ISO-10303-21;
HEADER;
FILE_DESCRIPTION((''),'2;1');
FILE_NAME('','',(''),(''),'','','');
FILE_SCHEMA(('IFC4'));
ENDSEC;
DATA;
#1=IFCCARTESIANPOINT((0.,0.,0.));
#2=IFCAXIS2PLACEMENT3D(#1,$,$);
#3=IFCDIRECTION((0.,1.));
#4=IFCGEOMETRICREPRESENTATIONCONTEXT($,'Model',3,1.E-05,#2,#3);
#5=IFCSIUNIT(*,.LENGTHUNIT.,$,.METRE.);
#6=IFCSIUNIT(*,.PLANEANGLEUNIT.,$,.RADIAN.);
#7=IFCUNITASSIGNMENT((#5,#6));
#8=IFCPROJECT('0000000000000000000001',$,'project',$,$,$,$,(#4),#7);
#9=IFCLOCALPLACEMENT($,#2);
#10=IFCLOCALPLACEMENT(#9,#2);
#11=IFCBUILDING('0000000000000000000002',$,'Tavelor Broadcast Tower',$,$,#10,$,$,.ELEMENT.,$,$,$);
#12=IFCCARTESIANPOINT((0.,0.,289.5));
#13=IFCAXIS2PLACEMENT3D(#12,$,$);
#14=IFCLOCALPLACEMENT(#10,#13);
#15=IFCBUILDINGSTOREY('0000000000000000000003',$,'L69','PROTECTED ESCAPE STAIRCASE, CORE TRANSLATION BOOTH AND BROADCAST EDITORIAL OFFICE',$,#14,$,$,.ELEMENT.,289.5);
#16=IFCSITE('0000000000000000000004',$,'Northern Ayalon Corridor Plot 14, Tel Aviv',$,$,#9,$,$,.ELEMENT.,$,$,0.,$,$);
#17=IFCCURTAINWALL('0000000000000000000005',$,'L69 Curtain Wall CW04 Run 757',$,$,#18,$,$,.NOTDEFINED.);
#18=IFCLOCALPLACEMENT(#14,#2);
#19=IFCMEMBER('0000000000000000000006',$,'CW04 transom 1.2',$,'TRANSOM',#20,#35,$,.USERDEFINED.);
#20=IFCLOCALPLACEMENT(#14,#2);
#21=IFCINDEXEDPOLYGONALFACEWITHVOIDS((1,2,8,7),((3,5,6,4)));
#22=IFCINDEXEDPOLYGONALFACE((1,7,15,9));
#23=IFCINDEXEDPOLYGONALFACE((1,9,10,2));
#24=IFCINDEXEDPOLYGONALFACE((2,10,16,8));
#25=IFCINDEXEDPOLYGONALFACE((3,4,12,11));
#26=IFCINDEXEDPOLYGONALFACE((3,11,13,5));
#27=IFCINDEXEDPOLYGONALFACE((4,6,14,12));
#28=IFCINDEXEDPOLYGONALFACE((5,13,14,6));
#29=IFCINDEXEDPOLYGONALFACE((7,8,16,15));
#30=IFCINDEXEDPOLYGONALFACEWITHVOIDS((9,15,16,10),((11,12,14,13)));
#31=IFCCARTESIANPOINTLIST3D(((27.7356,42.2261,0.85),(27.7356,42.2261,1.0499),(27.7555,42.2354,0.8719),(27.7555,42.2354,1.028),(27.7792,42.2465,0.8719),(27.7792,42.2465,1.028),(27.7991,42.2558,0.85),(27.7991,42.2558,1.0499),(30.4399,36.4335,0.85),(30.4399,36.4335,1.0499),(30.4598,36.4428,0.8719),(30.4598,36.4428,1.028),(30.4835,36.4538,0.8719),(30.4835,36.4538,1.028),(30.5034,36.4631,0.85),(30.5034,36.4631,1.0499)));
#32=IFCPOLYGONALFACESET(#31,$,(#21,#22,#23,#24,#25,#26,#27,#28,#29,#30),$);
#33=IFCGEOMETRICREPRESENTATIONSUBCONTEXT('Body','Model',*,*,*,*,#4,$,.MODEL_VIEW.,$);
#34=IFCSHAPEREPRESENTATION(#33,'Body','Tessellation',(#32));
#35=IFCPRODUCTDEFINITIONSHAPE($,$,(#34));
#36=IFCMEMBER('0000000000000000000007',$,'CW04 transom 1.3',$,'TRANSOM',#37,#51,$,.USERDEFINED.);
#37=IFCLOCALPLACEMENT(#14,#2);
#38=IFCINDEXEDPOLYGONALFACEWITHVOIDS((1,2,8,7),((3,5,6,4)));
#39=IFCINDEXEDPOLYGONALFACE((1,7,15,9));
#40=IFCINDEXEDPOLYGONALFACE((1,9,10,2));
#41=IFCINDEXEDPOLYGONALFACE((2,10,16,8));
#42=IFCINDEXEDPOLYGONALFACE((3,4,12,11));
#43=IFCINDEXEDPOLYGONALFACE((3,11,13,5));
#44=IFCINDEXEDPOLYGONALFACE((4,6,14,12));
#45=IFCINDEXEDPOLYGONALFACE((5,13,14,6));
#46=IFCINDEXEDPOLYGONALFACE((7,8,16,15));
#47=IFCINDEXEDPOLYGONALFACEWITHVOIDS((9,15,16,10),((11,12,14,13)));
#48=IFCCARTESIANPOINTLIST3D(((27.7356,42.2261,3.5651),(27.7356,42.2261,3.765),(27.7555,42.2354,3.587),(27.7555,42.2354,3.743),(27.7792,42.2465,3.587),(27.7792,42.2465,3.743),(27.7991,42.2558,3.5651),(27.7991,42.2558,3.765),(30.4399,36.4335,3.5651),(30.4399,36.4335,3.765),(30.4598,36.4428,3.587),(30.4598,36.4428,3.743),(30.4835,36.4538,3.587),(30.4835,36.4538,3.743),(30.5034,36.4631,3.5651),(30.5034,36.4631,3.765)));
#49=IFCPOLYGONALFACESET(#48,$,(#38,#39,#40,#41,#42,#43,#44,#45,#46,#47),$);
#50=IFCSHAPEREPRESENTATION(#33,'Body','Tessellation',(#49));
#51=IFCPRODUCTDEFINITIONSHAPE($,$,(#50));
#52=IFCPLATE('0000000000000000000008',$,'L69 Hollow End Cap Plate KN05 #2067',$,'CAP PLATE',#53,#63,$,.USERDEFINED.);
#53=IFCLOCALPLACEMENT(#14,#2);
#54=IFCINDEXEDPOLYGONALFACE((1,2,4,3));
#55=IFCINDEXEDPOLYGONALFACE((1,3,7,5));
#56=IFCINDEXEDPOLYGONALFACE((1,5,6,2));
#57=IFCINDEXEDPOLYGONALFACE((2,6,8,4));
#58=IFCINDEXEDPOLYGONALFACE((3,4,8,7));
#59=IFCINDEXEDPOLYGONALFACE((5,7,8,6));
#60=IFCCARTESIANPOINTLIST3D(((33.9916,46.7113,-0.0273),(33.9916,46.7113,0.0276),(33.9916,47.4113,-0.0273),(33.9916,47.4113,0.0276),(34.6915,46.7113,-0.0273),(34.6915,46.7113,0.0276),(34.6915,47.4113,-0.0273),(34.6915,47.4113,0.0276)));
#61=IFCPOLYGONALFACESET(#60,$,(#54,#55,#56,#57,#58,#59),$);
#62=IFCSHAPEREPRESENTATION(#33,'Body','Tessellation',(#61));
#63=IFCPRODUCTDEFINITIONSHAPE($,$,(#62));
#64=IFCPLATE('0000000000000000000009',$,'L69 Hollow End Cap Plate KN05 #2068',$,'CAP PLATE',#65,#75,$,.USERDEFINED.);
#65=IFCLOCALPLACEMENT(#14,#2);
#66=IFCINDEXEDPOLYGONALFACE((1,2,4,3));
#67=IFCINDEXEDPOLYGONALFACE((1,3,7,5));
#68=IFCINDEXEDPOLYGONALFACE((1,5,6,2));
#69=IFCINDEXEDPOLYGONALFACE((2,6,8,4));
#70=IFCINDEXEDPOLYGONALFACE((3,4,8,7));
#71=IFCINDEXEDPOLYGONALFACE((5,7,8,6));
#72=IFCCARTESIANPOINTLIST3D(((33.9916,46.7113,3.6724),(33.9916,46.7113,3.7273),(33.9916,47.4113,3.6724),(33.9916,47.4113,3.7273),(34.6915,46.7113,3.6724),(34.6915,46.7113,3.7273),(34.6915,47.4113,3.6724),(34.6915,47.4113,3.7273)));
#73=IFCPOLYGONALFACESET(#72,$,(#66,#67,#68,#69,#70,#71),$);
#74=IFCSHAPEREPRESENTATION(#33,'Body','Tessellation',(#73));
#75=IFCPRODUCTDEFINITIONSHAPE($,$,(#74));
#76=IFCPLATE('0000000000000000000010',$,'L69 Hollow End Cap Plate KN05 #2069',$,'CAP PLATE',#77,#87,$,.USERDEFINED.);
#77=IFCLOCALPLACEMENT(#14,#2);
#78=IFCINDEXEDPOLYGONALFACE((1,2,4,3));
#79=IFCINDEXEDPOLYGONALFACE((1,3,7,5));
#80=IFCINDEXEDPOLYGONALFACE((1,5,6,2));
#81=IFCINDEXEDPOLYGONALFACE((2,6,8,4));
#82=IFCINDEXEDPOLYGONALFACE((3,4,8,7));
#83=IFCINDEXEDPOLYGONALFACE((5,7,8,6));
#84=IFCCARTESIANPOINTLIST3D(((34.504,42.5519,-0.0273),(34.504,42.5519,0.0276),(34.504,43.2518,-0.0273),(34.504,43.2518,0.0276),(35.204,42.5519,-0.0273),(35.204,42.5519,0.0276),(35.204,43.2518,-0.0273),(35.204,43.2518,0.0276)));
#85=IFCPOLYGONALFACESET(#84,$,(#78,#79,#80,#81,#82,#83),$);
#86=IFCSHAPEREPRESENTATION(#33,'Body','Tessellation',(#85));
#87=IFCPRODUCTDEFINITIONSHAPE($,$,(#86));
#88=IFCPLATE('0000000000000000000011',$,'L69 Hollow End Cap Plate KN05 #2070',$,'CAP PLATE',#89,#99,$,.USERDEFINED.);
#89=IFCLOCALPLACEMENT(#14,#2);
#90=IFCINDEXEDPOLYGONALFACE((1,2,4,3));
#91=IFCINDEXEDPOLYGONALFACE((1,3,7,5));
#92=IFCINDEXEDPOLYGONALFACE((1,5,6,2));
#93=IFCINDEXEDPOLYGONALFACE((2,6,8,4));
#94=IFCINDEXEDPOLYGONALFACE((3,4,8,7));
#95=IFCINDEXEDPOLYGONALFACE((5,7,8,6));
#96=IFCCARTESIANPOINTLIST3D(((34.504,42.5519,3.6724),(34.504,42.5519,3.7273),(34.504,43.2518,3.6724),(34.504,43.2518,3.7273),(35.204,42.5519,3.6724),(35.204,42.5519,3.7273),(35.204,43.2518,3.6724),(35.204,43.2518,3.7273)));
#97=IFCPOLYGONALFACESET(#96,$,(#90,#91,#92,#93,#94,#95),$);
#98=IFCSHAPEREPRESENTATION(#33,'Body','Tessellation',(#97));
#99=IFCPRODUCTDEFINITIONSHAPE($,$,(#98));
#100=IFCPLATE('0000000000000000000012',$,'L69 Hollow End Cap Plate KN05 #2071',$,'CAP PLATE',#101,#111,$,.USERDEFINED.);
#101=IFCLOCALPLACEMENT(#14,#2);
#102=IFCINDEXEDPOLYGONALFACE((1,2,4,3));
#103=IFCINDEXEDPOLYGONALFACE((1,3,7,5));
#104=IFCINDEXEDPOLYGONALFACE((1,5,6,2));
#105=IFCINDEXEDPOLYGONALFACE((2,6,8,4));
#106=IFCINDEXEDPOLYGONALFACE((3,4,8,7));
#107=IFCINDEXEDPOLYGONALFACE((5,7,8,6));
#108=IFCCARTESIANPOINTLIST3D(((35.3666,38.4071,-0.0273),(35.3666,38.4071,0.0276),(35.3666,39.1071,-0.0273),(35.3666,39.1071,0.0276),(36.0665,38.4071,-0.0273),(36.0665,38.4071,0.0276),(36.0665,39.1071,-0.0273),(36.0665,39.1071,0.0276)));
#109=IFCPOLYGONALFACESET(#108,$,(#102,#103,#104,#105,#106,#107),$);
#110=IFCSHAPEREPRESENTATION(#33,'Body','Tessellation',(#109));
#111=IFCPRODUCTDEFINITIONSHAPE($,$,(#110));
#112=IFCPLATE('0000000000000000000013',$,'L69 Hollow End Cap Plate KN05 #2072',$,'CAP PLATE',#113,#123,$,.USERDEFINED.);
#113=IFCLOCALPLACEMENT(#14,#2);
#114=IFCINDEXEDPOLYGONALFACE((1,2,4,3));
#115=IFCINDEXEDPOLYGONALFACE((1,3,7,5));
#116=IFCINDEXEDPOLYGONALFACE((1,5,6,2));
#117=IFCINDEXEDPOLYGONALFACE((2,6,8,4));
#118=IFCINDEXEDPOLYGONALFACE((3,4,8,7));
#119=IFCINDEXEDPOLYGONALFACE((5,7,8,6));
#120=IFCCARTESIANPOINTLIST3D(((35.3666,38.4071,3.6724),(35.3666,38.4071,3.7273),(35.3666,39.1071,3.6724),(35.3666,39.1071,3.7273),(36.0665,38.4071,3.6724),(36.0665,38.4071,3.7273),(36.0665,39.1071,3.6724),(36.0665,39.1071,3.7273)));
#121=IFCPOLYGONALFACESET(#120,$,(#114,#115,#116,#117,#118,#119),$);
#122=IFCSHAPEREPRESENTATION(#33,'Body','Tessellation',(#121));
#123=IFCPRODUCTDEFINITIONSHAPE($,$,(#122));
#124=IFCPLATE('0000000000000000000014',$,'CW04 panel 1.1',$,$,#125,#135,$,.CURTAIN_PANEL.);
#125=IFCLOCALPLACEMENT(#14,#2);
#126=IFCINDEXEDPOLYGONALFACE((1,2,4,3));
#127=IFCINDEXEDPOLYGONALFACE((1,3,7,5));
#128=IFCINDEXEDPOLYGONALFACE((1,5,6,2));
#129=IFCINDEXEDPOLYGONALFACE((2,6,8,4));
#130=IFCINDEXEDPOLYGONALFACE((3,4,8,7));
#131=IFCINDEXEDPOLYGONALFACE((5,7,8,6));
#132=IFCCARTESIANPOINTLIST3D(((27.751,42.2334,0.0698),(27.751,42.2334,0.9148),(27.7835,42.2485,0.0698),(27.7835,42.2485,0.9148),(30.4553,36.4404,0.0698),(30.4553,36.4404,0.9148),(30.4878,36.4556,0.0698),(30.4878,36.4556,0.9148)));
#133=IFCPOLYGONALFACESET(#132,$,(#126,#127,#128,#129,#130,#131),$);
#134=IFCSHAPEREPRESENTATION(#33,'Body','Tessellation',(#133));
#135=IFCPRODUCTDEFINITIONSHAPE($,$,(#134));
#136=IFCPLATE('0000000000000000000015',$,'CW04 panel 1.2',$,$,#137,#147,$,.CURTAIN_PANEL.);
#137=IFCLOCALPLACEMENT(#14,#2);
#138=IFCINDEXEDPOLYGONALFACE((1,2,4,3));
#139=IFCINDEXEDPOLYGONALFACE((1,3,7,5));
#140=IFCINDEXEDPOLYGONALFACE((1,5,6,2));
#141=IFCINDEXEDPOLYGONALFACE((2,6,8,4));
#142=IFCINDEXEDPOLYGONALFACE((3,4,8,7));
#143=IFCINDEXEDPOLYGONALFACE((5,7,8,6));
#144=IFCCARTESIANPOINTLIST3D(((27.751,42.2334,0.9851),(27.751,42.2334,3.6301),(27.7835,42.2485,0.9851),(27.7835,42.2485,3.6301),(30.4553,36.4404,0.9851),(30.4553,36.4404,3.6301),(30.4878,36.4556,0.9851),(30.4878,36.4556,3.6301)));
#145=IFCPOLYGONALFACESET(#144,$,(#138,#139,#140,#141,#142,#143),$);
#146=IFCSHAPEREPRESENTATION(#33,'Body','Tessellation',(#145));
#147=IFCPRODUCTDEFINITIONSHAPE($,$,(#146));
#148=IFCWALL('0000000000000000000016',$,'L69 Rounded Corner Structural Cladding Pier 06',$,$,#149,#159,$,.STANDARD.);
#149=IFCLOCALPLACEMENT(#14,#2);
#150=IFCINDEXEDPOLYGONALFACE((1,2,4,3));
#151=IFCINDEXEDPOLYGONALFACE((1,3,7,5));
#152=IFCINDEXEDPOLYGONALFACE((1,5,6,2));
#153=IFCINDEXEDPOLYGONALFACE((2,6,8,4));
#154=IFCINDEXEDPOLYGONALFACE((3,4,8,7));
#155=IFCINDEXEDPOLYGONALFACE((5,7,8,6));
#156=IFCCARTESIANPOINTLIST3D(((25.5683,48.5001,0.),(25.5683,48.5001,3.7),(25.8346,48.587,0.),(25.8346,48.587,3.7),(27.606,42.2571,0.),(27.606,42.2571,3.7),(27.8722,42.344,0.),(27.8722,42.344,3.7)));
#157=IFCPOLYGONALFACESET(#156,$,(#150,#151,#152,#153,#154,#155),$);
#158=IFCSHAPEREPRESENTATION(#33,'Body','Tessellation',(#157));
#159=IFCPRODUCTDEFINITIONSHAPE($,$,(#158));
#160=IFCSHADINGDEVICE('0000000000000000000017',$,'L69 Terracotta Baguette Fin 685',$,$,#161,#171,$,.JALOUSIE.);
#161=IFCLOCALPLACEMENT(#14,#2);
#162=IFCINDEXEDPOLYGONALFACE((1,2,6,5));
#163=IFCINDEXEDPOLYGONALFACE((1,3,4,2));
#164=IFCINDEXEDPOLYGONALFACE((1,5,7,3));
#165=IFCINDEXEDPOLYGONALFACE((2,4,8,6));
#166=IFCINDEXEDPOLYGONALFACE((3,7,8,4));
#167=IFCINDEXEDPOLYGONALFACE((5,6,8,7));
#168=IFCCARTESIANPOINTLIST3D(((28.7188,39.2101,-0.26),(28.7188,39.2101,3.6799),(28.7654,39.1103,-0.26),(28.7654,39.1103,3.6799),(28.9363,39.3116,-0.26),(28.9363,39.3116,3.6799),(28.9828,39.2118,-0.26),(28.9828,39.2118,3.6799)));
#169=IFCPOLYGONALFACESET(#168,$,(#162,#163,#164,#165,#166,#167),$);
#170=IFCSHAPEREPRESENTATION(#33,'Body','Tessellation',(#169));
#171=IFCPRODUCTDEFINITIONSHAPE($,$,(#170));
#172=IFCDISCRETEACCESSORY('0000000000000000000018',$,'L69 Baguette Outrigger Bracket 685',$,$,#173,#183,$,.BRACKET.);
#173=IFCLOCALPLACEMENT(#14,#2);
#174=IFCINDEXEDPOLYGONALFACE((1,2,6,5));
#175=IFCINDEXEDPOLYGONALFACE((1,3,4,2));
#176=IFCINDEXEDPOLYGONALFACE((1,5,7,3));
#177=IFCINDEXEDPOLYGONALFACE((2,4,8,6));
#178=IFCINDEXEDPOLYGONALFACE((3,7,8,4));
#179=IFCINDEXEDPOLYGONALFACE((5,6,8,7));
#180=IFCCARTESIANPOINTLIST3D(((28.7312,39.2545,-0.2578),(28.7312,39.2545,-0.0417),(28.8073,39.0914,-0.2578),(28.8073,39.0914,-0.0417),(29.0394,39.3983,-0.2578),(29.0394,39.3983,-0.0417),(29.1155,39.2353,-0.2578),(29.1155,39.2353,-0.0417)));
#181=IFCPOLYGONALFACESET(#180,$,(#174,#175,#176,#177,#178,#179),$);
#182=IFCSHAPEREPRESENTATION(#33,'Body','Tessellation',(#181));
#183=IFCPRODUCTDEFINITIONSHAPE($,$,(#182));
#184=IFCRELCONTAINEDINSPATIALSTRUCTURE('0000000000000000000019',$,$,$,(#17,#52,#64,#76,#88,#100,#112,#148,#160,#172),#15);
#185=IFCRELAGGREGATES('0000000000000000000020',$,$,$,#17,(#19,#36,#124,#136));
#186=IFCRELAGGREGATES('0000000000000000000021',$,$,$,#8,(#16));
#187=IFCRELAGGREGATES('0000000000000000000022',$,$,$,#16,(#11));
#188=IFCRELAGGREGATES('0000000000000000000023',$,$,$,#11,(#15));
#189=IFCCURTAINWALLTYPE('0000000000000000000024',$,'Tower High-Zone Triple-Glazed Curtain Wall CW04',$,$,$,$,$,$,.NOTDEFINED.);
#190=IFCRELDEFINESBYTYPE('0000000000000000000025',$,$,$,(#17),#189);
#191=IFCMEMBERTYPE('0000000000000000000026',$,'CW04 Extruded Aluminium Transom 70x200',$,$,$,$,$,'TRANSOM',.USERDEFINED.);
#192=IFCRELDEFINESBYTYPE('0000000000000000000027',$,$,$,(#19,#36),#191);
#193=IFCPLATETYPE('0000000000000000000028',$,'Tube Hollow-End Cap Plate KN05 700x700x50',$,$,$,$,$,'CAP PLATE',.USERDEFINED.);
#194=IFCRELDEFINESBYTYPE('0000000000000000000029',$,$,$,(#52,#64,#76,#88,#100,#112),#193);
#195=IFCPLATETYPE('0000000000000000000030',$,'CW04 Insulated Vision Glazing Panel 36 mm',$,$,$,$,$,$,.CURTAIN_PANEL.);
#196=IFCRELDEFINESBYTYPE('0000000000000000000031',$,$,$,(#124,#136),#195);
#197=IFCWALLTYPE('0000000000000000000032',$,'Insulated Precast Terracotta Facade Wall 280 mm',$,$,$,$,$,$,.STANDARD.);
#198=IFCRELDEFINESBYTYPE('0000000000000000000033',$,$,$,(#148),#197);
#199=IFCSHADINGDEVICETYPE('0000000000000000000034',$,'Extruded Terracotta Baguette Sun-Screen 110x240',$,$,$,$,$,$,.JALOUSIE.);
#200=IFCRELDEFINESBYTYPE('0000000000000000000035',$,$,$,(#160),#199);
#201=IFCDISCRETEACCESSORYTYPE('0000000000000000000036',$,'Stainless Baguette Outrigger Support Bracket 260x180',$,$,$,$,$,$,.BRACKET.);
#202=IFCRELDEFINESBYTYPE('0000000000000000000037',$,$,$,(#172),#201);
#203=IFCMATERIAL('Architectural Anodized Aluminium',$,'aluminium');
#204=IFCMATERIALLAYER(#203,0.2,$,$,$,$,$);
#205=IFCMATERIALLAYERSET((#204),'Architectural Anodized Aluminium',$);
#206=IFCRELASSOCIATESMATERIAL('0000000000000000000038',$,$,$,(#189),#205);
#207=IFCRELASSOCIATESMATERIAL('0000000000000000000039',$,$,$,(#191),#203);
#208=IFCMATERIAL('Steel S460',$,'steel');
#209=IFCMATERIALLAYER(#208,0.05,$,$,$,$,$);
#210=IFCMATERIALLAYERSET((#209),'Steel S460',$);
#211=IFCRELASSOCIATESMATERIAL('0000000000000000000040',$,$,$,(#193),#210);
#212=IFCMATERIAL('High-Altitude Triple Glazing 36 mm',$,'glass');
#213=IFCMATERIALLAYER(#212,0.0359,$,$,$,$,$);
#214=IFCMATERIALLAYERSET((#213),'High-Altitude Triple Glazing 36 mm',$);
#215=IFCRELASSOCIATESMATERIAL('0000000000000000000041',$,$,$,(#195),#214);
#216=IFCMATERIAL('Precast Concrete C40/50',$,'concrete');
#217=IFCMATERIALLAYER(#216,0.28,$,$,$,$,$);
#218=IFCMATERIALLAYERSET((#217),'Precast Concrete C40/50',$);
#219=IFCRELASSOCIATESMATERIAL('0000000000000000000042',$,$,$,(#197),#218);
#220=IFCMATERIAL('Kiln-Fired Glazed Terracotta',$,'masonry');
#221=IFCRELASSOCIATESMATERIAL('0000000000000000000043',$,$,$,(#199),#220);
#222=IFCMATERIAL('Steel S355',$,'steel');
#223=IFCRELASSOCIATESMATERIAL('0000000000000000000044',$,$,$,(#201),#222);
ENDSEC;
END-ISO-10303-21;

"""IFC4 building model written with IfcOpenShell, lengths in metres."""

from ifc_helpers import new_model, si_unit, direction, frame, frame_2d, origin, origin_2d, place, context, subcontext, project, spatial, rectangle, hollow_rectangle, extrude, source, transform, mapped, material, layer, layer_set, material_profile, profile_set, type_object, type_shapes, element, aggregate, save


model = new_model("IFC4")

# Units and contexts
model_context = context("Model", 3, precision=1e-05, world=origin(), true_north=direction((0.0, 1.0)))
body_context = subcontext(model_context, "Body", "Model", "MODEL_VIEW")
ifc_project = project(units=[si_unit("LENGTHUNIT", "METRE"), si_unit("PLANEANGLEUNIT", "RADIAN")], contexts=[model_context])

# Site, building, storey
site_placement = place(None, origin())
site = spatial("IfcSite", under=ifc_project, at=site_placement, Name="Northern Ayalon Corridor Plot 14, Tel Aviv", CompositionType="ELEMENT", RefElevation=0.0)
building_placement = place(site_placement, origin())
building = spatial("IfcBuilding", under=site, at=building_placement, Name="Tavelor Broadcast Tower", CompositionType="ELEMENT")
storey_placement = place(building_placement, frame((0.0, 0.0, 289.5)))
storey = spatial("IfcBuildingStorey", under=building, at=storey_placement, Name="L69", Description="PROTECTED ESCAPE STAIRCASE, CORE TRANSLATION BOOTH AND BROADCAST EDITORIAL OFFICE", CompositionType="ELEMENT", Elevation=289.5)

# Shared definitions
ifc_material_1 = material(Name="Steel S460", Category="steel")

# Shared definitions
ifc_material_2 = material(Name="Steel S355", Category="steel")

# Curtain wall, members
ifc_material_3 = material(Name="Architectural Anodized Aluminium", Category="aluminium")
ifc_layer_1 = layer(ifc_material_3, 0.2)
ifc_layer_set_1 = layer_set([ifc_layer_1], Name="Architectural Anodized Aluminium")
curtain_wall_type = type_object("IfcCurtainWallType", Name="Tower High-Zone Triple-Glazed Curtain Wall CW04", PredefinedType="NOTDEFINED", material=ifc_layer_set_1)
curtain_wall_placement = place(storey_placement, origin())
curtain_wall = element("IfcCurtainWall", 1, at=curtain_wall_placement, inside=storey, type_object=curtain_wall_type, Name="L69 Curtain Wall CW04 Run 757", PredefinedType="NOTDEFINED")
ifc_material_profile_1 = material_profile(ifc_material_3, hollow_rectangle(XDim=0.0701, YDim=0.2, WallThickness=0.022, at=origin_2d()), Name="RHS 70x200x22")
ifc_profile_set_1 = profile_set([ifc_material_profile_1], Name="Architectural Anodized Aluminium")
member_type_1 = type_object("IfcMemberType", Name="CW04 Extruded Aluminium Transom 70x200", ElementType="TRANSOM", PredefinedType="USERDEFINED", material=ifc_profile_set_1)
shared_shape_1 = source(origin(), body_context, "Body", "SweptSolid", [
    extrude(hollow_rectangle(XDim=0.0701, YDim=0.2, WallThickness=0.022, at=origin_2d()), origin(), (0.0, 0.0, 1.0), 6.3928),
])
type_shapes(member_type_1, [shared_shape_1])
member_1_placement = place(storey_placement, frame((27.7673, 42.241, 0.95), z_axis=(0.423023, -0.906119, 0.0), x_axis=(0.906119, 0.423023, 0.0)))
member_1 = element("IfcMember", 2, at=member_1_placement, type_object=member_type_1, Name="CW04 transom 1.2", ObjectType="TRANSOM", PredefinedType="USERDEFINED", context=body_context, shape_type="MappedRepresentation", body=[
    mapped(shared_shape_1, transform((0.0, 0.0, 0.0), scale=1.0)),
])
member_2_placement = place(storey_placement, frame((27.7673, 42.241, 3.665), z_axis=(0.423023, -0.906119, 0.0), x_axis=(0.906119, 0.423023, 0.0)))
member_2 = element("IfcMember", 3, at=member_2_placement, type_object=member_type_1, Name="CW04 transom 1.3", ObjectType="TRANSOM", PredefinedType="USERDEFINED", context=body_context, shape_type="MappedRepresentation", body=[
    mapped(shared_shape_1, transform((0.0, 0.0, 0.0), scale=1.0)),
])

# Plates
ifc_layer_2 = layer(ifc_material_1, 0.05)
ifc_layer_set_2 = layer_set([ifc_layer_2], Name="Steel S460")
plate_type_1 = type_object("IfcPlateType", Name="Tube Hollow-End Cap Plate KN05 700x700x50", ElementType="CAP PLATE", PredefinedType="USERDEFINED", material=ifc_layer_set_2)
shared_shape_2 = source(origin(), body_context, "Body", "SweptSolid", [
    extrude(rectangle(XDim=0.7, YDim=0.7, at=origin_2d()), origin(), (0.0, 0.0, 1.0), 0.0549),
])
type_shapes(plate_type_1, [shared_shape_2])
for number, where, z_axis, x_axis, name in (
    (4, (34.3416, 47.0613, -0.0273), (0.0, 0.0, 1.0), (1.0, 0.0, 0.0), "L69 Hollow End Cap Plate KN05 #2067"),
    (5, (34.3416, 47.0613, 3.6724), (0.0, 0.0, 1.0), (1.0, 0.0, 0.0), "L69 Hollow End Cap Plate KN05 #2068"),
    (6, (34.854, 42.9019, -0.0273), (0.0, 0.0, 1.0), (1.0, 0.0, 0.0), "L69 Hollow End Cap Plate KN05 #2069"),
    (7, (34.854, 42.9019, 3.6724), (0.0, 0.0, 1.0), (1.0, 0.0, 0.0), "L69 Hollow End Cap Plate KN05 #2070"),
    (8, (35.7166, 38.7571, -0.0273), (0.0, 0.0, 1.0), (1.0, 0.0, 0.0), "L69 Hollow End Cap Plate KN05 #2071"),
    (9, (35.7166, 38.7571, 3.6724), (0.0, 0.0, 1.0), (1.0, 0.0, 0.0), "L69 Hollow End Cap Plate KN05 #2072"),
):
    element("IfcPlate", number, at=place(storey_placement, frame(where, z_axis=z_axis, x_axis=x_axis)), inside=storey, type_object=plate_type_1, Name=name, ObjectType="CAP PLATE", PredefinedType="USERDEFINED", context=body_context, shape_type="MappedRepresentation", body=[
        mapped(shared_shape_2, transform((0.0, 0.0, 0.0), scale=1.0)),
    ])

# Plates
ifc_material_4 = material(Name="High-Altitude Triple Glazing 36 mm", Category="glass")
ifc_layer_3 = layer(ifc_material_4, 0.0359)
ifc_layer_set_3 = layer_set([ifc_layer_3], Name="High-Altitude Triple Glazing 36 mm")
plate_type_2 = type_object("IfcPlateType", Name="CW04 Insulated Vision Glazing Panel 36 mm", PredefinedType="CURTAIN_PANEL", material=ifc_layer_set_3)
shared_shape_3 = source(origin(), body_context, "Body", "SweptSolid", [
    extrude(rectangle(XDim=6.3931, YDim=0.0359, at=origin_2d()), origin(), (0.0, 0.0, 1.0), 0.845),
])
plate_1_placement = place(storey_placement, frame((29.1194, 39.3445, 0.0698), z_axis=(0.0, 0.0, 1.0), x_axis=(0.423002, -0.906129, 0.0)))
plate_1 = element("IfcPlate", 10, at=plate_1_placement, type_object=plate_type_2, Name="CW04 panel 1.1", PredefinedType="CURTAIN_PANEL", context=body_context, shape_type="MappedRepresentation", body=[
    mapped(shared_shape_3, transform((0.0, 0.0, 0.0), scale=1.0)),
])
shared_shape_4 = source(origin(), body_context, "Body", "SweptSolid", [
    extrude(rectangle(XDim=6.3931, YDim=0.0359, at=origin_2d()), origin(), (0.0, 0.0, 1.0), 2.645),
])
type_shapes(plate_type_2, [shared_shape_3, shared_shape_4])
plate_2_placement = place(storey_placement, frame((29.1194, 39.3445, 0.9851), z_axis=(0.0, 0.0, 1.0), x_axis=(0.423002, -0.906129, 0.0)))
plate_2 = element("IfcPlate", 11, at=plate_2_placement, type_object=plate_type_2, Name="CW04 panel 1.2", PredefinedType="CURTAIN_PANEL", context=body_context, shape_type="MappedRepresentation", body=[
    mapped(shared_shape_4, transform((0.0, 0.0, 0.0), scale=1.0)),
])
aggregate(curtain_wall, [member_1, member_2, plate_1, plate_2])

# Wall
ifc_material_5 = material(Name="Precast Concrete C40/50", Category="concrete")
ifc_layer_4 = layer(ifc_material_5, 0.28)
ifc_layer_set_4 = layer_set([ifc_layer_4], Name="Precast Concrete C40/50")
wall_type = type_object("IfcWallType", Name="Insulated Precast Terracotta Facade Wall 280 mm", PredefinedType="STANDARD", material=ifc_layer_set_4)
wall_placement = place(storey_placement, frame((25.7014, 48.5437, 0.0), z_axis=(0.0, 0.0, 1.0), x_axis=(0.310277, -0.950646, 0.0)))
element("IfcWall", 12, at=wall_placement, inside=storey, type_object=wall_type, Name="L69 Rounded Corner Structural Cladding Pier 06", PredefinedType="STANDARD", context=body_context, shape_type="SweptSolid", body=[
    extrude(rectangle(XDim=6.5671, YDim=0.28, at=frame_2d((3.2837, 0.0))), origin(), (0.0, 0.0, 1.0), 3.7),
])

# Shading device
ifc_material_6 = material(Name="Kiln-Fired Glazed Terracotta", Category="masonry")
shading_device_type = type_object("IfcShadingDeviceType", Name="Extruded Terracotta Baguette Sun-Screen 110x240", PredefinedType="JALOUSIE", material=ifc_material_6)
shared_shape_5 = source(origin(), body_context, "Body", "SweptSolid", [
    extrude(rectangle(XDim=0.1101, YDim=0.24, at=origin_2d()), origin(), (0.0, 0.0, 1.0), 3.9399),
])
type_shapes(shading_device_type, [shared_shape_5])
shading_device_placement = place(storey_placement, frame((28.8508, 39.2109, -0.26), z_axis=(0.0, 0.0, 1.0), x_axis=(0.422935, -0.90616, 0.0)))
element("IfcShadingDevice", 13, at=shading_device_placement, inside=storey, type_object=shading_device_type, Name="L69 Terracotta Baguette Fin 685", PredefinedType="JALOUSIE", context=body_context, shape_type="MappedRepresentation", body=[
    mapped(shared_shape_5, transform((0.0, 0.0, 0.0), scale=1.0)),
])

# Discrete accessory
discrete_accessory_type = type_object("IfcDiscreteAccessoryType", Name="Stainless Baguette Outrigger Support Bracket 260x180", PredefinedType="BRACKET", material=ifc_material_2)
shared_shape_6 = source(origin(), body_context, "Body", "SweptSolid", [
    extrude(rectangle(XDim=0.1799, YDim=0.3401, at=origin_2d()), origin(), (0.0, 0.0, 1.0), 0.2161),
])
type_shapes(discrete_accessory_type, [shared_shape_6])
discrete_accessory_placement = place(storey_placement, frame((28.9233, 39.2449, -0.2578), z_axis=(0.0, 0.0, 1.0), x_axis=(0.422935, -0.90616, 0.0)))
element("IfcDiscreteAccessory", 14, at=discrete_accessory_placement, inside=storey, type_object=discrete_accessory_type, Name="L69 Baguette Outrigger Bracket 685", PredefinedType="BRACKET", context=body_context, shape_type="MappedRepresentation", body=[
    mapped(shared_shape_6, transform((0.0, 0.0, 0.0), scale=1.0)),
])

save(model, "model.ifc")
